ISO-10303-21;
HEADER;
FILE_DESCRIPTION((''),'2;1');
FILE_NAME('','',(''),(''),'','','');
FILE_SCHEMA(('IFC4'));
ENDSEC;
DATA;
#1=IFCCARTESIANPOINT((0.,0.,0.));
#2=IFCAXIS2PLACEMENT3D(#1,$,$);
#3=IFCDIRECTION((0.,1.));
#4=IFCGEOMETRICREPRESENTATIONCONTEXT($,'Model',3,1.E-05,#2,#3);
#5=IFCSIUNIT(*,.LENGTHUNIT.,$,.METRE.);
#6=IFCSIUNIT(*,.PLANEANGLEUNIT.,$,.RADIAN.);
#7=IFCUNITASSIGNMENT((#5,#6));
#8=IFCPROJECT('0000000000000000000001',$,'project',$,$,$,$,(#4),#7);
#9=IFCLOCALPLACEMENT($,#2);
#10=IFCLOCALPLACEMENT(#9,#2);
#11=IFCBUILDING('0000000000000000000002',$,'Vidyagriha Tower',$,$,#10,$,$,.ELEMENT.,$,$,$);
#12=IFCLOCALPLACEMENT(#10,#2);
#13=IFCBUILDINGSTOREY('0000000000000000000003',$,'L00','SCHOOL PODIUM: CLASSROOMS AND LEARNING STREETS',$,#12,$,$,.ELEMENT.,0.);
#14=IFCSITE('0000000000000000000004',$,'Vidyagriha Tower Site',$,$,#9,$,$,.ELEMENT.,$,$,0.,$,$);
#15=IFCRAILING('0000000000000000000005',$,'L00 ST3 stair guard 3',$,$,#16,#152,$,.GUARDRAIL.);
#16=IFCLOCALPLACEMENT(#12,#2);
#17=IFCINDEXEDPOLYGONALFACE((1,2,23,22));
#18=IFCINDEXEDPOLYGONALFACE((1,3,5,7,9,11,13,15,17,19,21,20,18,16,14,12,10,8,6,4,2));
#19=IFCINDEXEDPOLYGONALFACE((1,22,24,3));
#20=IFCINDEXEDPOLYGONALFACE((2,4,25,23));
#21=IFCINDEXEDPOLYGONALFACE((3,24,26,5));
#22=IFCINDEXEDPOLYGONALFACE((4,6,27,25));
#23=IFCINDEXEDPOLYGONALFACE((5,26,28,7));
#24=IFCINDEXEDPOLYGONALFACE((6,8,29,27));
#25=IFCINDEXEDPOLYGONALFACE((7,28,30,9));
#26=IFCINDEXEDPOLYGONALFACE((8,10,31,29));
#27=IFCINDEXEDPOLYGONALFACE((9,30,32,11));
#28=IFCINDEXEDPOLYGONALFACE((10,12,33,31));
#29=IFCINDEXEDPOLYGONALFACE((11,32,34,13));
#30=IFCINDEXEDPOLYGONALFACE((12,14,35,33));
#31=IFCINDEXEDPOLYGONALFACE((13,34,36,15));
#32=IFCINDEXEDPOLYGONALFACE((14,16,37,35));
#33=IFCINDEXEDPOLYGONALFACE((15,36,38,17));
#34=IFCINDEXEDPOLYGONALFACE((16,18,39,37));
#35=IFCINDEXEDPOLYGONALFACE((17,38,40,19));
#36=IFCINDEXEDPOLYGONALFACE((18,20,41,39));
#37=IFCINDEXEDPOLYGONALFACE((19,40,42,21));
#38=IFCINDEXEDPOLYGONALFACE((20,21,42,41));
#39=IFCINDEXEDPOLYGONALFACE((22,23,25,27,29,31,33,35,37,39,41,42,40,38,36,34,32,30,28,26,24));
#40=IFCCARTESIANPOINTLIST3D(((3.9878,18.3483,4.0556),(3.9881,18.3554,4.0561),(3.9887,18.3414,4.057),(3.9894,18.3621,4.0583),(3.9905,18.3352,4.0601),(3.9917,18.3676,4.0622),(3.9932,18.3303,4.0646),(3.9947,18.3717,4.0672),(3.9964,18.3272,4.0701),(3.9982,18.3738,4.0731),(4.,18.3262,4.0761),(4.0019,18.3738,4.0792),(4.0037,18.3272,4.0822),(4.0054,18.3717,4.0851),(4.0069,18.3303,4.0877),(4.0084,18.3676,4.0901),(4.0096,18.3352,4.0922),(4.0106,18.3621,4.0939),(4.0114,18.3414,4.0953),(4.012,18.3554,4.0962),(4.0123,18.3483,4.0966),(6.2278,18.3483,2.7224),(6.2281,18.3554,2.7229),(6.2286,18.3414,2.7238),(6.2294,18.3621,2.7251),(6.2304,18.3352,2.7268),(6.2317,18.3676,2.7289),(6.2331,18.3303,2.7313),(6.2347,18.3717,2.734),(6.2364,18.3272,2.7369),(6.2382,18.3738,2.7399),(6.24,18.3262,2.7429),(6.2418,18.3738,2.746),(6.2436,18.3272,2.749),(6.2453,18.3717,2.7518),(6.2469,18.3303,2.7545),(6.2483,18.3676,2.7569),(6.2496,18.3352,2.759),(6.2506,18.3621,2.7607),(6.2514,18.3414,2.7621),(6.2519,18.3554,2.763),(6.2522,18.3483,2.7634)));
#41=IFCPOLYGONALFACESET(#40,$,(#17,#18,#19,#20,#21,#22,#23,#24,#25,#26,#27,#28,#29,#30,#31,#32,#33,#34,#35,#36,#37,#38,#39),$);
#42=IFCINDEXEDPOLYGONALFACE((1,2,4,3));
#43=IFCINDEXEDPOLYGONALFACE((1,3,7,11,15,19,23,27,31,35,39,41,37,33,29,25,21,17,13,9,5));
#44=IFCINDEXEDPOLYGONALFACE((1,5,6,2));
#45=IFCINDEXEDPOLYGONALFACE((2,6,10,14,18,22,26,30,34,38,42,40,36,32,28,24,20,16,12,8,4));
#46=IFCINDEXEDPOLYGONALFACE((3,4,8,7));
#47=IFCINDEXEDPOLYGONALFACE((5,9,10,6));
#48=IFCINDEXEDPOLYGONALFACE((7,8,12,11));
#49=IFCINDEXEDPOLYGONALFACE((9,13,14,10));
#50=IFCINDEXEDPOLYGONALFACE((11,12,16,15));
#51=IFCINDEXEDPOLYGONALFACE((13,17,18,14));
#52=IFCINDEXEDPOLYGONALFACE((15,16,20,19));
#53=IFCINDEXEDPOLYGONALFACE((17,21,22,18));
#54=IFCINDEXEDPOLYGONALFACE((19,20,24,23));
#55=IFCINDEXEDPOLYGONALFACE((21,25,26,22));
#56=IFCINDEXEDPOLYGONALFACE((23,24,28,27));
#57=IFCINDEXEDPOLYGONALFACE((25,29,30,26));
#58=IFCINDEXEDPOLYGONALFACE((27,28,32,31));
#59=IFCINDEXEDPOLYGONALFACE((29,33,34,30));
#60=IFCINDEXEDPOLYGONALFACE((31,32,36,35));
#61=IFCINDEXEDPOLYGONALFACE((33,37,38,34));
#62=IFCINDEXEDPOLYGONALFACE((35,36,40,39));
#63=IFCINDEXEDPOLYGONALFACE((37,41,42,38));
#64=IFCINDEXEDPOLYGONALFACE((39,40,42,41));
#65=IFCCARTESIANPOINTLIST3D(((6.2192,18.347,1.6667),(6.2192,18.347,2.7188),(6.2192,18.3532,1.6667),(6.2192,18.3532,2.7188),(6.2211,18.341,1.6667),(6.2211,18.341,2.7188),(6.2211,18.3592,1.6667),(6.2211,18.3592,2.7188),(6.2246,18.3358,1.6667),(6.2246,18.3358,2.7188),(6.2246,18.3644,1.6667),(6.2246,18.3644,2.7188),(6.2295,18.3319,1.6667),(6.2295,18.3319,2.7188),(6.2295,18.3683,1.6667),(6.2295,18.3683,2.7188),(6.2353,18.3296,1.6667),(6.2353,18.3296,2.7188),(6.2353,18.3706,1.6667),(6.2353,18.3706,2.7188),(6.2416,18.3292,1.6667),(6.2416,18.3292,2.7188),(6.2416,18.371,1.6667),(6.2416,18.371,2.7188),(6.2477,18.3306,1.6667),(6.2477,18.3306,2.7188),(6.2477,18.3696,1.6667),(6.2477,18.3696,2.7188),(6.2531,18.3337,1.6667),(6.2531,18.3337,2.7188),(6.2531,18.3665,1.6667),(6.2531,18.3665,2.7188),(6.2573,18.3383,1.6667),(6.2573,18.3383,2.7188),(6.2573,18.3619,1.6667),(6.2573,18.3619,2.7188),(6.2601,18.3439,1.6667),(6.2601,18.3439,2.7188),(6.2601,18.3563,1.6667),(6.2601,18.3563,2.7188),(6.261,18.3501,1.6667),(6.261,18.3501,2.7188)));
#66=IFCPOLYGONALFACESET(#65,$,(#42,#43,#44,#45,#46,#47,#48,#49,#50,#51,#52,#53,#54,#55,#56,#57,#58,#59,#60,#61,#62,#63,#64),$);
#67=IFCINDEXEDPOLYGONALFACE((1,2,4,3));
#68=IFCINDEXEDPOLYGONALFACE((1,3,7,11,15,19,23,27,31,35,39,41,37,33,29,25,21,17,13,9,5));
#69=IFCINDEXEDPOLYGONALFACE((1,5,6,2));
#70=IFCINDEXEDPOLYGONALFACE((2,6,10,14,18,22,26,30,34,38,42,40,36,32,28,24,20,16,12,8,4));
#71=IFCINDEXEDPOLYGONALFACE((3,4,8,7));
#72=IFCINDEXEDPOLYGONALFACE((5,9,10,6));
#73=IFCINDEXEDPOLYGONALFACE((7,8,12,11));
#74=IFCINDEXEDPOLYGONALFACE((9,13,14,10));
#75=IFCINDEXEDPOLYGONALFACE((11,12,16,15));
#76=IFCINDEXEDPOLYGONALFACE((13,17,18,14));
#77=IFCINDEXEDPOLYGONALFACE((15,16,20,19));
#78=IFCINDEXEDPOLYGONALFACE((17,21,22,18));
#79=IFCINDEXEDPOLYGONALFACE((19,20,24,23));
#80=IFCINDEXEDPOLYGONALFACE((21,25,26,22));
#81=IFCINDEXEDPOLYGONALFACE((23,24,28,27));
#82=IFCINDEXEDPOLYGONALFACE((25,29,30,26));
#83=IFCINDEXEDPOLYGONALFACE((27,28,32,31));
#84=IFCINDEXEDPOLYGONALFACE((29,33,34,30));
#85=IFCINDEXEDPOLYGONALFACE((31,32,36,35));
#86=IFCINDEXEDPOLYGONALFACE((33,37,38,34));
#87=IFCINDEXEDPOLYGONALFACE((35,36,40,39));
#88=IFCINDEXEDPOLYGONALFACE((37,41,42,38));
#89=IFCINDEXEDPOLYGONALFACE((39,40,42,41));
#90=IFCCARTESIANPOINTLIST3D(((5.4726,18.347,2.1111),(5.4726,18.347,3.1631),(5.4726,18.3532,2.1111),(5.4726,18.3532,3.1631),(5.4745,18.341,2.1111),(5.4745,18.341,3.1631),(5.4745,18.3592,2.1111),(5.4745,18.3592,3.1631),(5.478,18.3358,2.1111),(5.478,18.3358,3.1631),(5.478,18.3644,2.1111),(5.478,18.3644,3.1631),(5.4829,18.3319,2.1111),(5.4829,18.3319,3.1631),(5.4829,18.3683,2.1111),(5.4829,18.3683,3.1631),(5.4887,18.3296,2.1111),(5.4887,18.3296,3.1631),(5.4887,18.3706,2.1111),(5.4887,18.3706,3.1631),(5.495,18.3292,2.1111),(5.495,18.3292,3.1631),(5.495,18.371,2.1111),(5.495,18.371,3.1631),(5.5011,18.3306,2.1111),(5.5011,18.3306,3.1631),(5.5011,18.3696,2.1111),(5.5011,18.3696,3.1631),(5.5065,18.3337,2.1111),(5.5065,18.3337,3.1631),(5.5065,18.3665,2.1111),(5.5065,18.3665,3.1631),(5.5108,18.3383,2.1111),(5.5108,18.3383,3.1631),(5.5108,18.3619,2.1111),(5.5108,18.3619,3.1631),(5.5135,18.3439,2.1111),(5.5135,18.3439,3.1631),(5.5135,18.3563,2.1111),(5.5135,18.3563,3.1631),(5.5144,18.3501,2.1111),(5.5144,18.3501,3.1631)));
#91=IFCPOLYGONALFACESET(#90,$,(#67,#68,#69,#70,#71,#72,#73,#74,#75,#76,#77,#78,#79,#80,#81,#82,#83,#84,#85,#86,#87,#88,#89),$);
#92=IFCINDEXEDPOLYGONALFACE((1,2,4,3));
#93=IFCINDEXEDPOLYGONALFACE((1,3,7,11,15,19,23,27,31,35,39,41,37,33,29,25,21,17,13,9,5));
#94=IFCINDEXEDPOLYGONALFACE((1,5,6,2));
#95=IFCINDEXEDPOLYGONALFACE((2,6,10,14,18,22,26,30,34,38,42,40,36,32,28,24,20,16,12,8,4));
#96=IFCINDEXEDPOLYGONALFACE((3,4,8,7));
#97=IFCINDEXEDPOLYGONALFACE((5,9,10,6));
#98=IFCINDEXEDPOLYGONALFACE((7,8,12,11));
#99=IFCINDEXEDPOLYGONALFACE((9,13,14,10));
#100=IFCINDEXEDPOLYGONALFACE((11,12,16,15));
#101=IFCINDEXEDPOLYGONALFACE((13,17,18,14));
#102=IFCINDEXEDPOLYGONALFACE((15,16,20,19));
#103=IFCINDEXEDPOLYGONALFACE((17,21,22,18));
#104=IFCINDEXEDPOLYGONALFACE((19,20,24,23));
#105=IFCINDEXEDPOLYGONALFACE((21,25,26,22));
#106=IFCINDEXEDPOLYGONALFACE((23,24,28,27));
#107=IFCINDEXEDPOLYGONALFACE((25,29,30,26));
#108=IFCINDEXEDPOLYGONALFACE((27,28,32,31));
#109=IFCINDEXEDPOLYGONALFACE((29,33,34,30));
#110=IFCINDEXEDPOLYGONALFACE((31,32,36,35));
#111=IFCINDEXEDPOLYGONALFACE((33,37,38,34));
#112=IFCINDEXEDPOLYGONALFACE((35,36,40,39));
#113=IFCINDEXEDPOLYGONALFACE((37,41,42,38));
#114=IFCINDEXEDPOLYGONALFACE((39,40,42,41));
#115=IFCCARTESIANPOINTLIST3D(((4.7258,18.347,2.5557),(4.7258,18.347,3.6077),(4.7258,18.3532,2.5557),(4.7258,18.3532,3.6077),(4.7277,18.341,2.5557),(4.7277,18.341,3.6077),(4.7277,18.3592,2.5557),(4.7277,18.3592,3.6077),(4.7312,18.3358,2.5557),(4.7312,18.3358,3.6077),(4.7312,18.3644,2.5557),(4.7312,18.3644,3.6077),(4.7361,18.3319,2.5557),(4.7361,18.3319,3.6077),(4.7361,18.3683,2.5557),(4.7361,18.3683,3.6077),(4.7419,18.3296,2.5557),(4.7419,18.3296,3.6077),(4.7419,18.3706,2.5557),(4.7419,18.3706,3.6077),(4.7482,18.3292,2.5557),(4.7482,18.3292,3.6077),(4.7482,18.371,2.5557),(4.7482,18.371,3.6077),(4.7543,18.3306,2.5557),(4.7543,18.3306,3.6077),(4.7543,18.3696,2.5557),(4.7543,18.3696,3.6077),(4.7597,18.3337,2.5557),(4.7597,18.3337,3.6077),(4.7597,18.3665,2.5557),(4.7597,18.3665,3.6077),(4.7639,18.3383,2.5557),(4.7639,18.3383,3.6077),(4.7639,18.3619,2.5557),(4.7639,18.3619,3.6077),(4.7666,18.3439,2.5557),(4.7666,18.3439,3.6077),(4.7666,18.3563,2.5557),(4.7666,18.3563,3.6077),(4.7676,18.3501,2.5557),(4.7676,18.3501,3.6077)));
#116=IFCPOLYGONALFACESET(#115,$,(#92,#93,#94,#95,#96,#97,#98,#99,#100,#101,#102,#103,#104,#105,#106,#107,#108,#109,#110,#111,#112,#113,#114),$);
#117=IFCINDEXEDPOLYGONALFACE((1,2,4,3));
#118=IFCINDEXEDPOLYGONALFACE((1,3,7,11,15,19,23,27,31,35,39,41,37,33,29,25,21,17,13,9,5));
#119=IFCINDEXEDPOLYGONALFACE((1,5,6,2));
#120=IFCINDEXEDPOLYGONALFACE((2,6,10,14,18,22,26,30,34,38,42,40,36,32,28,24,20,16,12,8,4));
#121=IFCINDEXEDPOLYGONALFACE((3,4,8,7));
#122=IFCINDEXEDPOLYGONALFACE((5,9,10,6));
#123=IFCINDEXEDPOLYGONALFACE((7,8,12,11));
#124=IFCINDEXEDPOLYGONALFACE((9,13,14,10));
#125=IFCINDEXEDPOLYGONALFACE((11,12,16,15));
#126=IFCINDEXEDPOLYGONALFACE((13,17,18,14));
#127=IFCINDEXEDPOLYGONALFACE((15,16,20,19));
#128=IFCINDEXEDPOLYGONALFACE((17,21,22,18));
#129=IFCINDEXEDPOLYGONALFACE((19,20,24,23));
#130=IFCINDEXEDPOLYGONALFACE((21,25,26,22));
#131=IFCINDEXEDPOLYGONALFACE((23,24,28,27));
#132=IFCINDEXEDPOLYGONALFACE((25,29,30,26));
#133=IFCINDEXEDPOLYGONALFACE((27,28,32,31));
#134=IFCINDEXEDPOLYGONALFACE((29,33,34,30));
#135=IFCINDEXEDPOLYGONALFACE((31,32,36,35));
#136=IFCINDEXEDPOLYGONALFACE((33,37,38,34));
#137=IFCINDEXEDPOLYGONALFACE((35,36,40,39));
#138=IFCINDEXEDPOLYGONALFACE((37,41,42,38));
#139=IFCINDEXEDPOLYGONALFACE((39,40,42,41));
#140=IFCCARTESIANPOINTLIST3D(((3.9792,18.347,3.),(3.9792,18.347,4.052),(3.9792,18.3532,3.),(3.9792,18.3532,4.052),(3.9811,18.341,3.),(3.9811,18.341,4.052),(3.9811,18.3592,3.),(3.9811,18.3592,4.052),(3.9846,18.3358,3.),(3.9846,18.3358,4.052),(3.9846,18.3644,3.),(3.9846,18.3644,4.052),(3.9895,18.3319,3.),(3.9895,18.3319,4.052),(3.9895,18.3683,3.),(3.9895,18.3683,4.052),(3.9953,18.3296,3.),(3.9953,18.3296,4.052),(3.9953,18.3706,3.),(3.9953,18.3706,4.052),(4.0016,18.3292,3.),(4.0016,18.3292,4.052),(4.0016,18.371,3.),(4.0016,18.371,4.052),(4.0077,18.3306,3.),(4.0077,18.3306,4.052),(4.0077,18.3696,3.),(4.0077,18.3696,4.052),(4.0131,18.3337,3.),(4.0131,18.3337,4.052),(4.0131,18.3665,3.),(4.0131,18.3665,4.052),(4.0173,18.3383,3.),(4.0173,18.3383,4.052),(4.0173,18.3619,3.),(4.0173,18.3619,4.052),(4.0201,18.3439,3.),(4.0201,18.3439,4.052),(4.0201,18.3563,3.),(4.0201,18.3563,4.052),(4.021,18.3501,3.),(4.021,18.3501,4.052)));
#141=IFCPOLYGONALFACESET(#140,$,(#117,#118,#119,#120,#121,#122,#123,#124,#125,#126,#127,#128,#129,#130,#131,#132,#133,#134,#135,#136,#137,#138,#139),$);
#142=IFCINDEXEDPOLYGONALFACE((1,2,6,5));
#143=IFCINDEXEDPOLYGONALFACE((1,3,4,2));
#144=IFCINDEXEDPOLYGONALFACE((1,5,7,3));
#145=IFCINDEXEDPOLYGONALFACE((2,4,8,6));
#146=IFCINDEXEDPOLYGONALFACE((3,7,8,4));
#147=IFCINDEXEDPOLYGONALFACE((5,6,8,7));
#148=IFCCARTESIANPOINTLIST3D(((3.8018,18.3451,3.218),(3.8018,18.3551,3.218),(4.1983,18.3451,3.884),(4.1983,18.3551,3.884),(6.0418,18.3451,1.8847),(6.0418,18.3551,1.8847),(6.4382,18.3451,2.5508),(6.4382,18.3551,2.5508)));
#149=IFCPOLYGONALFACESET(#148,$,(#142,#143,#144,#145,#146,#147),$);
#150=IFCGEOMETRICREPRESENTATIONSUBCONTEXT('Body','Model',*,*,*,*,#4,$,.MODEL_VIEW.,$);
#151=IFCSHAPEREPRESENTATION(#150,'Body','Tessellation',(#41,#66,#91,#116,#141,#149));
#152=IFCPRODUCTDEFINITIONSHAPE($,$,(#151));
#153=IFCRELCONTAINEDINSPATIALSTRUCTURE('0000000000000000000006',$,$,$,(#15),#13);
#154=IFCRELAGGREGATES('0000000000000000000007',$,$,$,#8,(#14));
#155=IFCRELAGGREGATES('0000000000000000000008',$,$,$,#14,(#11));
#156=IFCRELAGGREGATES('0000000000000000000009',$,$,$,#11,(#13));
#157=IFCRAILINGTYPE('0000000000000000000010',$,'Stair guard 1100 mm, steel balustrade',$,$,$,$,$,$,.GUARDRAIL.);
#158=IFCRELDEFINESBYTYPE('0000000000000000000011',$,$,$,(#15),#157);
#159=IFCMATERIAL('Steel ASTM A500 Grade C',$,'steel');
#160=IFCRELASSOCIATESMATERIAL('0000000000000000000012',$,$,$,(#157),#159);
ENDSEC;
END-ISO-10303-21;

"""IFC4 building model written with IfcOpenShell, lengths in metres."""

from ifc_helpers import new_model, si_unit, direction, frame, origin, origin_2d, place, context, subcontext, project, spatial, rectangle, circle, extrude, material, type_object, element, save


model = new_model("IFC4")

# Units and contexts
model_context = context("Model", 3, precision=1e-05, world=origin(), true_north=direction((0.0, 1.0)))
body_context = subcontext(model_context, "Body", "Model", "MODEL_VIEW")
ifc_project = project(units=[si_unit("LENGTHUNIT", "METRE"), si_unit("PLANEANGLEUNIT", "RADIAN")], contexts=[model_context])

# Site, building, storey
site_placement = place(None, origin())
site = spatial("IfcSite", under=ifc_project, at=site_placement, Name="Vidyagriha Tower Site", CompositionType="ELEMENT", RefElevation=0.0)
building_placement = place(site_placement, origin())
building = spatial("IfcBuilding", under=site, at=building_placement, Name="Vidyagriha Tower", CompositionType="ELEMENT")
storey_placement = place(building_placement, origin())
storey = spatial("IfcBuildingStorey", under=building, at=storey_placement, Name="L00", Description="SCHOOL PODIUM: CLASSROOMS AND LEARNING STREETS", CompositionType="ELEMENT", Elevation=0.0)

# Railing
ifc_material_1 = material(Name="Steel ASTM A500 Grade C", Category="steel")
railing_type_1 = type_object("IfcRailingType", Name="Stair guard 1100 mm, steel balustrade", PredefinedType="GUARDRAIL", material=ifc_material_1)
railing_1_placement = place(storey_placement, frame((6.24, 18.3501, 1.6667)))
element("IfcRailing", 1, at=railing_1_placement, inside=storey, type_object=railing_type_1, Name="L00 ST3 stair guard 3", PredefinedType="GUARDRAIL", context=body_context, shape_type="SweptSolid", body=[
    extrude(circle(Radius=0.0239, at=origin_2d()), frame((0.0, 0.0, 1.0762), z_axis=(-0.859306, 0.0, 0.511462), x_axis=(0.0, -1.0, 0.0)), (0.0, 0.0, 1.0), 2.6067),
    extrude(circle(Radius=0.021, at=origin_2d()), origin(), (0.0, 0.0, 1.0), 1.052),
    extrude(circle(Radius=0.021, at=origin_2d()), frame((-0.7466, 0.0, 0.4443)), (0.0, 0.0, 1.0), 1.052),
    extrude(circle(Radius=0.021, at=origin_2d()), frame((-1.4934, 0.0, 0.8889)), (0.0, 0.0, 1.0), 1.052),
    extrude(circle(Radius=0.021, at=origin_2d()), frame((-2.24, 0.0, 1.3333)), (0.0, 0.0, 1.0), 1.052),
    extrude(rectangle(XDim=0.01, YDim=0.7751, at=origin_2d()), frame((0.0, 0.0, 0.551), z_axis=(-0.859306, 0.0, 0.511462), x_axis=(0.0, -1.0, 0.0)), (0.0, 0.0, 1.0), 2.6067),
])

save(model, "model.ifc")
